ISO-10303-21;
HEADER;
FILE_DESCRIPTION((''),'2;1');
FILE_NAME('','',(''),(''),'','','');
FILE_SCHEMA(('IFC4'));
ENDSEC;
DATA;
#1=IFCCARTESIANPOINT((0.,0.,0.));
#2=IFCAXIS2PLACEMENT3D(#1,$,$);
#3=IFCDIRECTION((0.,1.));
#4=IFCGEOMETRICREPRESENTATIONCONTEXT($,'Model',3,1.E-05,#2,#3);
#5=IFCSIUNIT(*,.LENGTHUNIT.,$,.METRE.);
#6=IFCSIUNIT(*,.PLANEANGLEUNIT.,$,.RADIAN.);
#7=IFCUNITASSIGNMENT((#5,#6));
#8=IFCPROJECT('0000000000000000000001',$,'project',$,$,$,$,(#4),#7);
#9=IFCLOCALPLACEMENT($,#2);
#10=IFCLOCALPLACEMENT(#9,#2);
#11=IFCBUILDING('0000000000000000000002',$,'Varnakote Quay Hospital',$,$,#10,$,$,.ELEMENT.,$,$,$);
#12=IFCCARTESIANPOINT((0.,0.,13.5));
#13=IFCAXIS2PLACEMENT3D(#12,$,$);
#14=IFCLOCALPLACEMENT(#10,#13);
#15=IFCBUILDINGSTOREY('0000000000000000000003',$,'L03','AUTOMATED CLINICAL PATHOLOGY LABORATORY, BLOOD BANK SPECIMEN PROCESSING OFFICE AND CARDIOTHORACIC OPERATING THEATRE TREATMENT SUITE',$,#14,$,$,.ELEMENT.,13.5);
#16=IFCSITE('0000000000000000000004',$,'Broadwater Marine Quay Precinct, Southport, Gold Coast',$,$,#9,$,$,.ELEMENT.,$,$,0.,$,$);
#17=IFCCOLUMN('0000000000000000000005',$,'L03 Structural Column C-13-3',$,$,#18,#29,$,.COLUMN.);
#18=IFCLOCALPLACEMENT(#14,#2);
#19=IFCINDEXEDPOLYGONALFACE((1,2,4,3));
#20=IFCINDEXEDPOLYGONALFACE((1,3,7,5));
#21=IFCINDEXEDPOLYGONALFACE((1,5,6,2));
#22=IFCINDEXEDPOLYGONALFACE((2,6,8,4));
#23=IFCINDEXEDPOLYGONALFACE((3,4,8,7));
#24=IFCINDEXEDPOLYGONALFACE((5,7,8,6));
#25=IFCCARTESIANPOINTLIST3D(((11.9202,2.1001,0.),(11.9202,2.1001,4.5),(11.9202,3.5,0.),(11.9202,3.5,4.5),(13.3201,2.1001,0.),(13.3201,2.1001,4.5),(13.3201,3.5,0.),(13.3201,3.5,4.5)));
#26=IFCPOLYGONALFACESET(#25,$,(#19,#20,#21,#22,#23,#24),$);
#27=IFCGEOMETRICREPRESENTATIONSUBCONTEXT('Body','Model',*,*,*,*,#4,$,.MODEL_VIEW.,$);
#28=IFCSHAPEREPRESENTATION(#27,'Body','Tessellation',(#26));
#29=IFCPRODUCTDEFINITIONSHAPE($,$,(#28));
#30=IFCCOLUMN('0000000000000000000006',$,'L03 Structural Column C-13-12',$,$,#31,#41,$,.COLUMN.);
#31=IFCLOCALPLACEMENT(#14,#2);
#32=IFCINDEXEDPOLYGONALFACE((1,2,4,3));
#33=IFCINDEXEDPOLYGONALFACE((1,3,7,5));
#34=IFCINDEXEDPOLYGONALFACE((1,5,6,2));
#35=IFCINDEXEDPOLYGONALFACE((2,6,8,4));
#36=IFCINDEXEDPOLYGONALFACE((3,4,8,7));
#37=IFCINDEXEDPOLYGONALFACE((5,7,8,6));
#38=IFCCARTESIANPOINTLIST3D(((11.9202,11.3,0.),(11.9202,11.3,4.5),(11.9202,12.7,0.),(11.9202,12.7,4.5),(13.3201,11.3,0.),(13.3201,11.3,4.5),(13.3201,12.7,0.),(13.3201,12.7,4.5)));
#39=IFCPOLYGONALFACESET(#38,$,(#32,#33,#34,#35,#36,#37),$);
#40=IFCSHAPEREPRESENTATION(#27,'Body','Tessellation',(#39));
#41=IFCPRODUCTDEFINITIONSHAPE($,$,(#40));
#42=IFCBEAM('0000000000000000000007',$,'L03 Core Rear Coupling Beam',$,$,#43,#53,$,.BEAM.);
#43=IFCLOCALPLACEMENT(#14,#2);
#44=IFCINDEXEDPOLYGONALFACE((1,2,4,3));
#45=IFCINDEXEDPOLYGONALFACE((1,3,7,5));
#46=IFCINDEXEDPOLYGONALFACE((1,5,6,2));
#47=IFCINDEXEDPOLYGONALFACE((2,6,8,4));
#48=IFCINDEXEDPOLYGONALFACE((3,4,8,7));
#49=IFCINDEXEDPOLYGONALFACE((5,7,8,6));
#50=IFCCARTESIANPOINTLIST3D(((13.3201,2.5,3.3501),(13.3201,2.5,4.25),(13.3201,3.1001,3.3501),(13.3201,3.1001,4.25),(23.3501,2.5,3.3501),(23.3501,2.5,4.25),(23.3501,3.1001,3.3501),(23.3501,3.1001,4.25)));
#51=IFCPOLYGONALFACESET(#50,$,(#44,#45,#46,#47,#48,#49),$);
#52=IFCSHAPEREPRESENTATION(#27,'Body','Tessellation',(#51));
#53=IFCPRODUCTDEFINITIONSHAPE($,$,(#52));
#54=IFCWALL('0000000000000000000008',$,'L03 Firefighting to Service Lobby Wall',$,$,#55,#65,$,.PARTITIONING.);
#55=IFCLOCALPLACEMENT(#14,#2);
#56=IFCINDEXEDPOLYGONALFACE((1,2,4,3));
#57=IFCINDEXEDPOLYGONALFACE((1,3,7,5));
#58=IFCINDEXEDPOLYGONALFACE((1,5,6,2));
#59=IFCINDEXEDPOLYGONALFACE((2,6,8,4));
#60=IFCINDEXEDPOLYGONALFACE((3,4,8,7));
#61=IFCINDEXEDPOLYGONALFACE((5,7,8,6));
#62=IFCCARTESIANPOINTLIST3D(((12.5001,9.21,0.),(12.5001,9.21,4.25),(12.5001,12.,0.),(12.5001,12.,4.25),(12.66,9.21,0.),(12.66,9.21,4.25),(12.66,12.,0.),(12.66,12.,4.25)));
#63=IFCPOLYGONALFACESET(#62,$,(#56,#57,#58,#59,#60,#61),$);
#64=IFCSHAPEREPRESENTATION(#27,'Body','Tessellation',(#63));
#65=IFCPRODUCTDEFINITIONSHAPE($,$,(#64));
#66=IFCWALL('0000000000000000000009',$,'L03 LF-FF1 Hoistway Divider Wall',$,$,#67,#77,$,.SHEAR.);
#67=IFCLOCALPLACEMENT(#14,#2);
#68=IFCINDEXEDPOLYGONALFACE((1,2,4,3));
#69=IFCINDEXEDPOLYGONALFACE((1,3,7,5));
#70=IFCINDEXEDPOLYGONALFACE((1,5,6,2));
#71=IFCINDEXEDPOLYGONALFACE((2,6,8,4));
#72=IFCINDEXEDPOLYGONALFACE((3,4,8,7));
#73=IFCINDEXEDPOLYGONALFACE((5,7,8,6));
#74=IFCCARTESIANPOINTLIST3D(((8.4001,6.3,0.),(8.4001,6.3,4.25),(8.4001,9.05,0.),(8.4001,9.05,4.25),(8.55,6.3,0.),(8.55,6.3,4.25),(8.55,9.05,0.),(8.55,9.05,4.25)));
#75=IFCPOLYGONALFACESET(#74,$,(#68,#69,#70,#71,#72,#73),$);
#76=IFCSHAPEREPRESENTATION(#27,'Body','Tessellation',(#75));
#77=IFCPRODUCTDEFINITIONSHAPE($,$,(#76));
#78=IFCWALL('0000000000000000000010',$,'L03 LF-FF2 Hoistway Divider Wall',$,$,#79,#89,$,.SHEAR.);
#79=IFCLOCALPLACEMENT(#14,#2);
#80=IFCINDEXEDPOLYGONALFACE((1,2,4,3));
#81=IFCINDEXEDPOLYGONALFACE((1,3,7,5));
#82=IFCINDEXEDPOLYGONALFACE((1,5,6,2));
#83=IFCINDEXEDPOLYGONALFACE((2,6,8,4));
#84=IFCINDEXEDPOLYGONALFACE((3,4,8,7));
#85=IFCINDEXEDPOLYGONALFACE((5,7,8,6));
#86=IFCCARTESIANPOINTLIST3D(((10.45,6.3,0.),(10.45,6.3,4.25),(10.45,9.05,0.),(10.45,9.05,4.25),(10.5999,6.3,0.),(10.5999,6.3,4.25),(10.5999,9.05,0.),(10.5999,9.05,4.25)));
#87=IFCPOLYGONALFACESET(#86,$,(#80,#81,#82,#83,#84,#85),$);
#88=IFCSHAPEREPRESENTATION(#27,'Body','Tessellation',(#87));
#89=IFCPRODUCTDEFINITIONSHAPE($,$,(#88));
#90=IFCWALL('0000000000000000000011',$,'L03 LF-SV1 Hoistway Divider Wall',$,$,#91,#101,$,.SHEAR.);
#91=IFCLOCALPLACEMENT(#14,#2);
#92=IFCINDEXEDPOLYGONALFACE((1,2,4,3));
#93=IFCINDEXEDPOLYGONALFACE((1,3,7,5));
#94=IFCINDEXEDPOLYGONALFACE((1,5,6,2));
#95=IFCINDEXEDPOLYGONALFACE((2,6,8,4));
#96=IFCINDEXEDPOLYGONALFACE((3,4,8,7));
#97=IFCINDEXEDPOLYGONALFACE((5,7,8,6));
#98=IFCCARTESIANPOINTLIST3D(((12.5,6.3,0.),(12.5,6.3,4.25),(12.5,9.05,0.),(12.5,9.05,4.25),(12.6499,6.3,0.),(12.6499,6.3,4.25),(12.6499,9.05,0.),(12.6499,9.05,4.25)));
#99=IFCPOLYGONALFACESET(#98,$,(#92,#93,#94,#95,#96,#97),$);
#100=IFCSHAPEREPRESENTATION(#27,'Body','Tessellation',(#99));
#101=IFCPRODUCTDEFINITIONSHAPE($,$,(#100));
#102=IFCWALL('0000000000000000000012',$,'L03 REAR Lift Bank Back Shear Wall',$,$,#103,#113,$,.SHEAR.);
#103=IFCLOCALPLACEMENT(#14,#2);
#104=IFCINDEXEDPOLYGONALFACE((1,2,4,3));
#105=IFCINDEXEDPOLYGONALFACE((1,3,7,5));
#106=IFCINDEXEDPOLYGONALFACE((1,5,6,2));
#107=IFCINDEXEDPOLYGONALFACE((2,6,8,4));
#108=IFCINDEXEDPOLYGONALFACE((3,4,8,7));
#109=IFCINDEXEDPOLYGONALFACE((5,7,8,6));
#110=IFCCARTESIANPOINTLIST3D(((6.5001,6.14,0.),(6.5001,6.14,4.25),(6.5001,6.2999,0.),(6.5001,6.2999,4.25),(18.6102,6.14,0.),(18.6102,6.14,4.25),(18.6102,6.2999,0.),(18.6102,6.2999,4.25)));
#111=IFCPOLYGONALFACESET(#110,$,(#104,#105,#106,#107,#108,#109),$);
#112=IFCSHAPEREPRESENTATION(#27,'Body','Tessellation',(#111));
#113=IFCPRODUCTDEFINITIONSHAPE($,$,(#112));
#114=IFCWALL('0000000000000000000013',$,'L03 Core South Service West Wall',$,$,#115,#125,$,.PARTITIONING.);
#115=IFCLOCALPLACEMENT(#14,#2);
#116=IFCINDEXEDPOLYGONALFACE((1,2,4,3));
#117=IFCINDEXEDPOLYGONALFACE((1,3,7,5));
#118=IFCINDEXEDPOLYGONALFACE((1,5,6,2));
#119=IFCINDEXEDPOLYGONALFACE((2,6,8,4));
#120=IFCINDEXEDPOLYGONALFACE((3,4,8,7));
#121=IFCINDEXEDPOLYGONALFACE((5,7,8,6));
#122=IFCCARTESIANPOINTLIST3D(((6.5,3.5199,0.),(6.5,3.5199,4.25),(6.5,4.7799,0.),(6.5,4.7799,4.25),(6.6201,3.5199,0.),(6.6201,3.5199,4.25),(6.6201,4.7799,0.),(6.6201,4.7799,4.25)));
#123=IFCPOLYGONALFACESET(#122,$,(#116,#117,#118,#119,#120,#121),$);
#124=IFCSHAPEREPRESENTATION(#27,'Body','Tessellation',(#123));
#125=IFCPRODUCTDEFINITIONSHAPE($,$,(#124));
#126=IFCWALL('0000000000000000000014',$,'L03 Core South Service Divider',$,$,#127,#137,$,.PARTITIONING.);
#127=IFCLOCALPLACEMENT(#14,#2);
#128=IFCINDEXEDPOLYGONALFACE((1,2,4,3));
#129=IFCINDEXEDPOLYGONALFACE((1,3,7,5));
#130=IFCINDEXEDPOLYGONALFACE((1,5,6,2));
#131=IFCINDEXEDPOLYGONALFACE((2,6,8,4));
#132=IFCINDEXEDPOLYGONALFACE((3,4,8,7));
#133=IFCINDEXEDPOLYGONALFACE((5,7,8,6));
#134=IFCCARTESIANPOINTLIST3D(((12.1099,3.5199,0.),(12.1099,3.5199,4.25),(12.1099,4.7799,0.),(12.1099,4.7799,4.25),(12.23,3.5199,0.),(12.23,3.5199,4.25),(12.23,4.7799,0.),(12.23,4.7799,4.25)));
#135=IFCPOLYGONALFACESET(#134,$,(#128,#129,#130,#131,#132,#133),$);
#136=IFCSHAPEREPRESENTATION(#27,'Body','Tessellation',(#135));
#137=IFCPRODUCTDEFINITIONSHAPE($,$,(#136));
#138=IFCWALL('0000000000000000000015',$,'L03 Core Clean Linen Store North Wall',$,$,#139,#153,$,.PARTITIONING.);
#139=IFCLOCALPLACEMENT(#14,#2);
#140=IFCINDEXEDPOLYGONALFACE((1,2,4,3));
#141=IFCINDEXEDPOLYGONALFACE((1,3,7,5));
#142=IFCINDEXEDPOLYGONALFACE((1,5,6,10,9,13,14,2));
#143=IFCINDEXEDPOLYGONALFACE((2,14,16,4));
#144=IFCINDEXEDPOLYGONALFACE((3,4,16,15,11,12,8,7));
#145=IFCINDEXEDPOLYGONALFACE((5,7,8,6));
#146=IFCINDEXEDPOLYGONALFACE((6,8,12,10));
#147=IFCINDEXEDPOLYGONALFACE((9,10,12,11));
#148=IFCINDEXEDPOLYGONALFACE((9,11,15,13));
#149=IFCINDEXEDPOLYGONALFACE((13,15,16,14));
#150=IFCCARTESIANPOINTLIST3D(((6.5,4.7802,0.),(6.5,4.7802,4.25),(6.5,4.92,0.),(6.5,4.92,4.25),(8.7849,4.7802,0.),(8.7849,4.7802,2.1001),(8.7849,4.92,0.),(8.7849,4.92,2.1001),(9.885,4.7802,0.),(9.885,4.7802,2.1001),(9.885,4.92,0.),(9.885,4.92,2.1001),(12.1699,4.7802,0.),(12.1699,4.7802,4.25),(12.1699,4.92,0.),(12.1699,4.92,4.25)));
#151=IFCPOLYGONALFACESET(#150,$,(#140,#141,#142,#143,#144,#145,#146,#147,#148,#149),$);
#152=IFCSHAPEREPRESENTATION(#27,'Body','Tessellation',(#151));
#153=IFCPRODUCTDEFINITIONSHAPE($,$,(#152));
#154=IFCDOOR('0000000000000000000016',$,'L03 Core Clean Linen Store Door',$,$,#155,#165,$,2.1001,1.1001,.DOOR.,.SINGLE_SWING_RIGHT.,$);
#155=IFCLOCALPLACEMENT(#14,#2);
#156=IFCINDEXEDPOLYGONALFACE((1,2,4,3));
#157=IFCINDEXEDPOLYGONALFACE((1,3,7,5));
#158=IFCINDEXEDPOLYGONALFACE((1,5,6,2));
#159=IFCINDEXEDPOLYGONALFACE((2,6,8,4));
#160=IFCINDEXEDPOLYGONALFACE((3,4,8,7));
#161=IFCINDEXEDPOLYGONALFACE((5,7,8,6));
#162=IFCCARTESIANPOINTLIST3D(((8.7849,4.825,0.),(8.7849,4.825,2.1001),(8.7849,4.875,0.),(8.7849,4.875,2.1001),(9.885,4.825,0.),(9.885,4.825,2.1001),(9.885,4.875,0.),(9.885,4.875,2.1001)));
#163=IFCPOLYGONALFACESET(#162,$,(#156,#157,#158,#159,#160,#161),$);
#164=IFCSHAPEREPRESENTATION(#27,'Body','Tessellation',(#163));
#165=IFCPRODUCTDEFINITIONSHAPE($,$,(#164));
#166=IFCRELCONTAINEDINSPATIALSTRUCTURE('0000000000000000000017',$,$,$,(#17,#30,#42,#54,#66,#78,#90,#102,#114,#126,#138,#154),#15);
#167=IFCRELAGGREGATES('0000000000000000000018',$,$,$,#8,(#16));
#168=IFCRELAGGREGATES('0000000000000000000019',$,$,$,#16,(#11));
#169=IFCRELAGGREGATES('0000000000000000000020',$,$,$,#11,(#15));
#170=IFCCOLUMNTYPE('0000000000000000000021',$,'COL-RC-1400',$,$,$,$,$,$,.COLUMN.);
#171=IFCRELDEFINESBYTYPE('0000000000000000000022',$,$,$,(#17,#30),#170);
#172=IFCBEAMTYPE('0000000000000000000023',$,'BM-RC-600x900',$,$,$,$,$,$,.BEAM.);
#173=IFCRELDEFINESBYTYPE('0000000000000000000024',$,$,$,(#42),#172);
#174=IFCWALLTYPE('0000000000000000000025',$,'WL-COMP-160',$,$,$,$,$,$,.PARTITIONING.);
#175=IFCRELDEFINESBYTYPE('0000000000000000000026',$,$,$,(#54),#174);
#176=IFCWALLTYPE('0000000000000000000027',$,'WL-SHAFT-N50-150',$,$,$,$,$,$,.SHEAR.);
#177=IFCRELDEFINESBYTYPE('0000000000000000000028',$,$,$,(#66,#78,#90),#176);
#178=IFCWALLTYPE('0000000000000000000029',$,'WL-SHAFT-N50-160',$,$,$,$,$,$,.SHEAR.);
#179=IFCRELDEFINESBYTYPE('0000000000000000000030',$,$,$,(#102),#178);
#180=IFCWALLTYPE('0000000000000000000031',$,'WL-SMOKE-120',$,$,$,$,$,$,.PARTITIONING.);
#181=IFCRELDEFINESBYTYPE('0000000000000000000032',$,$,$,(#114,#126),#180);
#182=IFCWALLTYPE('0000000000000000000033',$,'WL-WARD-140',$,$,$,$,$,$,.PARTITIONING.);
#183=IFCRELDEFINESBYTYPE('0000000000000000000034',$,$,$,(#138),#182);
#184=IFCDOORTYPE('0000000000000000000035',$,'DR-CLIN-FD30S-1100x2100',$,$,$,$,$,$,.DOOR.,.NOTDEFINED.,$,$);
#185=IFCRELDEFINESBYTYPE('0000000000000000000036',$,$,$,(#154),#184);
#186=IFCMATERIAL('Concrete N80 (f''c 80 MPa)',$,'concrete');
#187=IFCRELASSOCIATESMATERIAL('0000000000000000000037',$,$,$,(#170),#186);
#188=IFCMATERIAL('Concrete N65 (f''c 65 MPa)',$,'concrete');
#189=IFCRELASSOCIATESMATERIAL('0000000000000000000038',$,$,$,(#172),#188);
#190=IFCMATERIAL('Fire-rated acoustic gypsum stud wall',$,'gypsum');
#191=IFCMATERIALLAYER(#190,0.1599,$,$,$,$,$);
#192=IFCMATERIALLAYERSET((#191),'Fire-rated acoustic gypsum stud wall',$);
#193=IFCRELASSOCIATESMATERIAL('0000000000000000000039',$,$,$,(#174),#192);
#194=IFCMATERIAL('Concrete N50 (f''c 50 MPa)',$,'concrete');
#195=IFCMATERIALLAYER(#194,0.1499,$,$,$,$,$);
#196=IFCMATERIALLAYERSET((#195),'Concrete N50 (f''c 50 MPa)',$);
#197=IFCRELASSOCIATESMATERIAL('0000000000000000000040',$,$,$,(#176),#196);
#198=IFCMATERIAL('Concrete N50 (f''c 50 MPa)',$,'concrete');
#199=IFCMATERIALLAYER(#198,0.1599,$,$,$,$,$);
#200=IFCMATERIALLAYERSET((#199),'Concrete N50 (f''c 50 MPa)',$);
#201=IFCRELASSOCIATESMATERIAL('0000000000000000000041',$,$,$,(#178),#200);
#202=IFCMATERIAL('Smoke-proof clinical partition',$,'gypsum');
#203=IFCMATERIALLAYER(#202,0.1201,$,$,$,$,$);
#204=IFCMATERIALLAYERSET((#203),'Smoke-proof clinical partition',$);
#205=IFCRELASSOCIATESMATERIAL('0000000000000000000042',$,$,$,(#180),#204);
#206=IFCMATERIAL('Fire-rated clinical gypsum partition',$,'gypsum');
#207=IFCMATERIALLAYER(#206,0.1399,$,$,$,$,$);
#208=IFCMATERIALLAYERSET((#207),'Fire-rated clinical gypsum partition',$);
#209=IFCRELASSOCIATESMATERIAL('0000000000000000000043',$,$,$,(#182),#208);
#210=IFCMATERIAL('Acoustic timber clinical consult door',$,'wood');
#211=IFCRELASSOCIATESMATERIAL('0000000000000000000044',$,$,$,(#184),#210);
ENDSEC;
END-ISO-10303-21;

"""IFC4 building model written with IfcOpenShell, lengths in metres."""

from ifc_helpers import new_model, si_unit, direction, frame, frame_2d, origin, origin_2d, place, context, subcontext, project, spatial, rectangle, extrude, material, layer, layer_set, material_profile, profile_set, type_object, element, fill, save


model = new_model("IFC4")

# Units and contexts
model_context = context("Model", 3, precision=1e-05, world=origin(), true_north=direction((0.0, 1.0)))
body_context = subcontext(model_context, "Body", "Model", "MODEL_VIEW")
ifc_project = project(units=[si_unit("LENGTHUNIT", "METRE"), si_unit("PLANEANGLEUNIT", "RADIAN")], contexts=[model_context])

# Site, building, storey
site_placement = place(None, origin())
site = spatial("IfcSite", under=ifc_project, at=site_placement, Name="Broadwater Marine Quay Precinct, Southport, Gold Coast", CompositionType="ELEMENT", RefElevation=0.0)
building_placement = place(site_placement, origin())
building = spatial("IfcBuilding", under=site, at=building_placement, Name="Varnakote Quay Hospital", CompositionType="ELEMENT")
storey_placement = place(building_placement, frame((0.0, 0.0, 13.5)))
storey = spatial("IfcBuildingStorey", under=building, at=storey_placement, Name="L03", Description="AUTOMATED CLINICAL PATHOLOGY LABORATORY, BLOOD BANK SPECIMEN PROCESSING OFFICE AND CARDIOTHORACIC OPERATING THEATRE TREATMENT SUITE", CompositionType="ELEMENT", Elevation=13.5)

# Columns
ifc_material_1 = material(Name="Concrete N80 (f'c 80 MPa)", Category="concrete")
ifc_material_profile_1 = material_profile(ifc_material_1, rectangle(XDim=1.3999, YDim=1.3999, at=origin_2d()), Name="RC-COL-1400x1400")
ifc_profile_set_1 = profile_set([ifc_material_profile_1], Name="Concrete N80 (f'c 80 MPa)")
column_type = type_object("IfcColumnType", Name="COL-RC-1400", PredefinedType="COLUMN", material=ifc_profile_set_1)
for number, where, z_axis, x_axis, name in (
    (1, (12.6201, 2.8, 0.0), (0.0, 0.0, 1.0), (1.0, 0.0, 0.0), "L03 Structural Column C-13-3"),
    (2, (12.6201, 12.0, 0.0), (0.0, 0.0, 1.0), (1.0, 0.0, 0.0), "L03 Structural Column C-13-12"),
):
    element("IfcColumn", number, at=place(storey_placement, frame(where, z_axis=z_axis, x_axis=x_axis)), inside=storey, type_object=column_type, Name=name, PredefinedType="COLUMN", context=body_context, shape_type="SweptSolid", body=[
        extrude(rectangle(XDim=1.3999, YDim=1.3999, at=origin_2d()), origin(), (0.0, 0.0, 1.0), 4.5),
    ])

# Beam
ifc_material_2 = material(Name="Concrete N65 (f'c 65 MPa)", Category="concrete")
ifc_material_profile_2 = material_profile(ifc_material_2, rectangle(XDim=0.6001, YDim=0.8999, at=origin_2d()), Name="RC-BM-600x900")
ifc_profile_set_2 = profile_set([ifc_material_profile_2], Name="Concrete N65 (f'c 65 MPa)")
beam_type = type_object("IfcBeamType", Name="BM-RC-600x900", PredefinedType="BEAM", material=ifc_profile_set_2)
beam_placement = place(storey_placement, frame((13.3201, 2.8, 3.8), z_axis=(1.0, 0.0, 0.0), x_axis=(0.0, 1.0, 0.0)))
element("IfcBeam", 3, at=beam_placement, inside=storey, type_object=beam_type, Name="L03 Core Rear Coupling Beam", PredefinedType="BEAM", context=body_context, shape_type="SweptSolid", body=[
    extrude(rectangle(XDim=0.6001, YDim=0.8999, at=origin_2d()), origin(), (0.0, 0.0, 1.0), 10.03),
])

# Walls
ifc_material_3 = material(Name="Fire-rated acoustic gypsum stud wall", Category="gypsum")
ifc_layer_1 = layer(ifc_material_3, 0.1599)
ifc_layer_set_1 = layer_set([ifc_layer_1], Name="Fire-rated acoustic gypsum stud wall")
wall_type_1 = type_object("IfcWallType", Name="WL-COMP-160", PredefinedType="PARTITIONING", material=ifc_layer_set_1)
wall_1_placement = place(storey_placement, frame((12.5801, 9.21, 0.0), z_axis=(0.0, 0.0, 1.0), x_axis=(0.0, 1.0, 0.0)))
element("IfcWall", 4, at=wall_1_placement, inside=storey, type_object=wall_type_1, Name="L03 Firefighting to Service Lobby Wall", PredefinedType="PARTITIONING", context=body_context, shape_type="SweptSolid", body=[
    extrude(rectangle(XDim=2.79, YDim=0.1599, at=frame_2d((1.395, 0.0))), origin(), (0.0, 0.0, 1.0), 4.25),
])
ifc_material_4 = material(Name="Concrete N50 (f'c 50 MPa)", Category="concrete")
ifc_layer_2 = layer(ifc_material_4, 0.1499)
ifc_layer_set_2 = layer_set([ifc_layer_2], Name="Concrete N50 (f'c 50 MPa)")
wall_type_2 = type_object("IfcWallType", Name="WL-SHAFT-N50-150", PredefinedType="SHEAR", material=ifc_layer_set_2)
for number, where, z_axis, x_axis, name in (
    (5, (8.4751, 6.3, 0.0), (0.0, 0.0, 1.0), (0.0, 1.0, 0.0), "L03 LF-FF1 Hoistway Divider Wall"),
    (6, (10.5249, 6.3, 0.0), (0.0, 0.0, 1.0), (0.0, 1.0, 0.0), "L03 LF-FF2 Hoistway Divider Wall"),
    (7, (12.575, 6.3, 0.0), (0.0, 0.0, 1.0), (0.0, 1.0, 0.0), "L03 LF-SV1 Hoistway Divider Wall"),
):
    element("IfcWall", number, at=place(storey_placement, frame(where, z_axis=z_axis, x_axis=x_axis)), inside=storey, type_object=wall_type_2, Name=name, PredefinedType="SHEAR", context=body_context, shape_type="SweptSolid", body=[
        extrude(rectangle(XDim=2.75, YDim=0.1499, at=frame_2d((1.375, 0.0))), origin(), (0.0, 0.0, 1.0), 4.25),
    ])
ifc_material_5 = material(Name="Concrete N50 (f'c 50 MPa)", Category="concrete")
ifc_layer_3 = layer(ifc_material_5, 0.1599)
ifc_layer_set_3 = layer_set([ifc_layer_3], Name="Concrete N50 (f'c 50 MPa)")
wall_type_3 = type_object("IfcWallType", Name="WL-SHAFT-N50-160", PredefinedType="SHEAR", material=ifc_layer_set_3)
wall_2_placement = place(storey_placement, frame((6.5, 6.22, 0.0), z_axis=(0.0, 0.0, 1.0), x_axis=(1.0, 0.0, 0.0)))
element("IfcWall", 8, at=wall_2_placement, inside=storey, type_object=wall_type_3, Name="L03 REAR Lift Bank Back Shear Wall", PredefinedType="SHEAR", context=body_context, shape_type="SweptSolid", body=[
    extrude(rectangle(XDim=12.1101, YDim=0.1599, at=frame_2d((6.0552, 0.0))), origin(), (0.0, 0.0, 1.0), 4.25),
])

# Walls
ifc_material_6 = material(Name="Smoke-proof clinical partition", Category="gypsum")
ifc_layer_4 = layer(ifc_material_6, 0.1201)
ifc_layer_set_4 = layer_set([ifc_layer_4], Name="Smoke-proof clinical partition")
wall_type_4 = type_object("IfcWallType", Name="WL-SMOKE-120", PredefinedType="PARTITIONING", material=ifc_layer_set_4)
for number, where, z_axis, x_axis, name in (
    (9, (6.5601, 3.52, 0.0), (0.0, 0.0, 1.0), (0.0, 1.0, 0.0), "L03 Core South Service West Wall"),
    (10, (12.1699, 3.52, 0.0), (0.0, 0.0, 1.0), (0.0, 1.0, 0.0), "L03 Core South Service Divider"),
):
    element("IfcWall", number, at=place(storey_placement, frame(where, z_axis=z_axis, x_axis=x_axis)), inside=storey, type_object=wall_type_4, Name=name, PredefinedType="PARTITIONING", context=body_context, shape_type="SweptSolid", body=[
        extrude(rectangle(XDim=1.26, YDim=0.1201, at=frame_2d((0.6299, 0.0))), origin(), (0.0, 0.0, 1.0), 4.25),
    ])

# Wall, opening, door
ifc_material_7 = material(Name="Fire-rated clinical gypsum partition", Category="gypsum")
ifc_layer_5 = layer(ifc_material_7, 0.1399)
ifc_layer_set_5 = layer_set([ifc_layer_5], Name="Fire-rated clinical gypsum partition")
wall_type_5 = type_object("IfcWallType", Name="WL-WARD-140", PredefinedType="PARTITIONING", material=ifc_layer_set_5)
wall_3_placement = place(storey_placement, frame((6.5, 4.8501, 0.0), z_axis=(0.0, 0.0, 1.0), x_axis=(1.0, 0.0, 0.0)))
wall_3 = element("IfcWall", 11, at=wall_3_placement, inside=storey, type_object=wall_type_5, Name="L03 Core Clean Linen Store North Wall", PredefinedType="PARTITIONING", context=body_context, shape_type="SweptSolid", body=[
    extrude(rectangle(XDim=5.6699, YDim=0.1399, at=frame_2d((2.835, 0.0))), origin(), (0.0, 0.0, 1.0), 4.25),
])
opening_1_placement = place(wall_3_placement, frame((2.2849, 0.0, 0.0)))
opening_1 = element("IfcOpeningElement", 12, at=opening_1_placement, cuts=wall_3, PredefinedType="OPENING", context=body_context, shape_type="SweptSolid", body=[
    extrude(rectangle(XDim=1.1001, YDim=2.1001, at=frame_2d((0.55, 1.05))), frame((0.0, 0.0798, 0.0), z_axis=(0.0, -1.0, 0.0), x_axis=(1.0, 0.0, 0.0)), (0.0, 0.0, 1.0), 0.1599),
])
ifc_material_8 = material(Name="Acoustic timber clinical consult door", Category="wood")
door_type_1 = type_object("IfcDoorType", Name="DR-CLIN-FD30S-1100x2100", OperationType="NOTDEFINED", PredefinedType="DOOR", material=ifc_material_8)
door_1_placement = place(opening_1_placement, origin())
door_1 = element("IfcDoor", 13, at=door_1_placement, inside=storey, type_object=door_type_1, Name="L03 Core Clean Linen Store Door", OperationType="SINGLE_SWING_RIGHT", OverallHeight=2.1001, OverallWidth=1.1001, PredefinedType="DOOR", context=body_context, shape_type="SweptSolid", body=[
    extrude(rectangle(XDim=1.1001, YDim=2.1001, at=frame_2d((0.55, 1.05))), frame((0.0, 0.0249, 0.0), z_axis=(0.0, -1.0, 0.0), x_axis=(1.0, 0.0, 0.0)), (0.0, 0.0, 1.0), 0.05),
])
fill(opening_1, door_1)

save(model, "model.ifc")
